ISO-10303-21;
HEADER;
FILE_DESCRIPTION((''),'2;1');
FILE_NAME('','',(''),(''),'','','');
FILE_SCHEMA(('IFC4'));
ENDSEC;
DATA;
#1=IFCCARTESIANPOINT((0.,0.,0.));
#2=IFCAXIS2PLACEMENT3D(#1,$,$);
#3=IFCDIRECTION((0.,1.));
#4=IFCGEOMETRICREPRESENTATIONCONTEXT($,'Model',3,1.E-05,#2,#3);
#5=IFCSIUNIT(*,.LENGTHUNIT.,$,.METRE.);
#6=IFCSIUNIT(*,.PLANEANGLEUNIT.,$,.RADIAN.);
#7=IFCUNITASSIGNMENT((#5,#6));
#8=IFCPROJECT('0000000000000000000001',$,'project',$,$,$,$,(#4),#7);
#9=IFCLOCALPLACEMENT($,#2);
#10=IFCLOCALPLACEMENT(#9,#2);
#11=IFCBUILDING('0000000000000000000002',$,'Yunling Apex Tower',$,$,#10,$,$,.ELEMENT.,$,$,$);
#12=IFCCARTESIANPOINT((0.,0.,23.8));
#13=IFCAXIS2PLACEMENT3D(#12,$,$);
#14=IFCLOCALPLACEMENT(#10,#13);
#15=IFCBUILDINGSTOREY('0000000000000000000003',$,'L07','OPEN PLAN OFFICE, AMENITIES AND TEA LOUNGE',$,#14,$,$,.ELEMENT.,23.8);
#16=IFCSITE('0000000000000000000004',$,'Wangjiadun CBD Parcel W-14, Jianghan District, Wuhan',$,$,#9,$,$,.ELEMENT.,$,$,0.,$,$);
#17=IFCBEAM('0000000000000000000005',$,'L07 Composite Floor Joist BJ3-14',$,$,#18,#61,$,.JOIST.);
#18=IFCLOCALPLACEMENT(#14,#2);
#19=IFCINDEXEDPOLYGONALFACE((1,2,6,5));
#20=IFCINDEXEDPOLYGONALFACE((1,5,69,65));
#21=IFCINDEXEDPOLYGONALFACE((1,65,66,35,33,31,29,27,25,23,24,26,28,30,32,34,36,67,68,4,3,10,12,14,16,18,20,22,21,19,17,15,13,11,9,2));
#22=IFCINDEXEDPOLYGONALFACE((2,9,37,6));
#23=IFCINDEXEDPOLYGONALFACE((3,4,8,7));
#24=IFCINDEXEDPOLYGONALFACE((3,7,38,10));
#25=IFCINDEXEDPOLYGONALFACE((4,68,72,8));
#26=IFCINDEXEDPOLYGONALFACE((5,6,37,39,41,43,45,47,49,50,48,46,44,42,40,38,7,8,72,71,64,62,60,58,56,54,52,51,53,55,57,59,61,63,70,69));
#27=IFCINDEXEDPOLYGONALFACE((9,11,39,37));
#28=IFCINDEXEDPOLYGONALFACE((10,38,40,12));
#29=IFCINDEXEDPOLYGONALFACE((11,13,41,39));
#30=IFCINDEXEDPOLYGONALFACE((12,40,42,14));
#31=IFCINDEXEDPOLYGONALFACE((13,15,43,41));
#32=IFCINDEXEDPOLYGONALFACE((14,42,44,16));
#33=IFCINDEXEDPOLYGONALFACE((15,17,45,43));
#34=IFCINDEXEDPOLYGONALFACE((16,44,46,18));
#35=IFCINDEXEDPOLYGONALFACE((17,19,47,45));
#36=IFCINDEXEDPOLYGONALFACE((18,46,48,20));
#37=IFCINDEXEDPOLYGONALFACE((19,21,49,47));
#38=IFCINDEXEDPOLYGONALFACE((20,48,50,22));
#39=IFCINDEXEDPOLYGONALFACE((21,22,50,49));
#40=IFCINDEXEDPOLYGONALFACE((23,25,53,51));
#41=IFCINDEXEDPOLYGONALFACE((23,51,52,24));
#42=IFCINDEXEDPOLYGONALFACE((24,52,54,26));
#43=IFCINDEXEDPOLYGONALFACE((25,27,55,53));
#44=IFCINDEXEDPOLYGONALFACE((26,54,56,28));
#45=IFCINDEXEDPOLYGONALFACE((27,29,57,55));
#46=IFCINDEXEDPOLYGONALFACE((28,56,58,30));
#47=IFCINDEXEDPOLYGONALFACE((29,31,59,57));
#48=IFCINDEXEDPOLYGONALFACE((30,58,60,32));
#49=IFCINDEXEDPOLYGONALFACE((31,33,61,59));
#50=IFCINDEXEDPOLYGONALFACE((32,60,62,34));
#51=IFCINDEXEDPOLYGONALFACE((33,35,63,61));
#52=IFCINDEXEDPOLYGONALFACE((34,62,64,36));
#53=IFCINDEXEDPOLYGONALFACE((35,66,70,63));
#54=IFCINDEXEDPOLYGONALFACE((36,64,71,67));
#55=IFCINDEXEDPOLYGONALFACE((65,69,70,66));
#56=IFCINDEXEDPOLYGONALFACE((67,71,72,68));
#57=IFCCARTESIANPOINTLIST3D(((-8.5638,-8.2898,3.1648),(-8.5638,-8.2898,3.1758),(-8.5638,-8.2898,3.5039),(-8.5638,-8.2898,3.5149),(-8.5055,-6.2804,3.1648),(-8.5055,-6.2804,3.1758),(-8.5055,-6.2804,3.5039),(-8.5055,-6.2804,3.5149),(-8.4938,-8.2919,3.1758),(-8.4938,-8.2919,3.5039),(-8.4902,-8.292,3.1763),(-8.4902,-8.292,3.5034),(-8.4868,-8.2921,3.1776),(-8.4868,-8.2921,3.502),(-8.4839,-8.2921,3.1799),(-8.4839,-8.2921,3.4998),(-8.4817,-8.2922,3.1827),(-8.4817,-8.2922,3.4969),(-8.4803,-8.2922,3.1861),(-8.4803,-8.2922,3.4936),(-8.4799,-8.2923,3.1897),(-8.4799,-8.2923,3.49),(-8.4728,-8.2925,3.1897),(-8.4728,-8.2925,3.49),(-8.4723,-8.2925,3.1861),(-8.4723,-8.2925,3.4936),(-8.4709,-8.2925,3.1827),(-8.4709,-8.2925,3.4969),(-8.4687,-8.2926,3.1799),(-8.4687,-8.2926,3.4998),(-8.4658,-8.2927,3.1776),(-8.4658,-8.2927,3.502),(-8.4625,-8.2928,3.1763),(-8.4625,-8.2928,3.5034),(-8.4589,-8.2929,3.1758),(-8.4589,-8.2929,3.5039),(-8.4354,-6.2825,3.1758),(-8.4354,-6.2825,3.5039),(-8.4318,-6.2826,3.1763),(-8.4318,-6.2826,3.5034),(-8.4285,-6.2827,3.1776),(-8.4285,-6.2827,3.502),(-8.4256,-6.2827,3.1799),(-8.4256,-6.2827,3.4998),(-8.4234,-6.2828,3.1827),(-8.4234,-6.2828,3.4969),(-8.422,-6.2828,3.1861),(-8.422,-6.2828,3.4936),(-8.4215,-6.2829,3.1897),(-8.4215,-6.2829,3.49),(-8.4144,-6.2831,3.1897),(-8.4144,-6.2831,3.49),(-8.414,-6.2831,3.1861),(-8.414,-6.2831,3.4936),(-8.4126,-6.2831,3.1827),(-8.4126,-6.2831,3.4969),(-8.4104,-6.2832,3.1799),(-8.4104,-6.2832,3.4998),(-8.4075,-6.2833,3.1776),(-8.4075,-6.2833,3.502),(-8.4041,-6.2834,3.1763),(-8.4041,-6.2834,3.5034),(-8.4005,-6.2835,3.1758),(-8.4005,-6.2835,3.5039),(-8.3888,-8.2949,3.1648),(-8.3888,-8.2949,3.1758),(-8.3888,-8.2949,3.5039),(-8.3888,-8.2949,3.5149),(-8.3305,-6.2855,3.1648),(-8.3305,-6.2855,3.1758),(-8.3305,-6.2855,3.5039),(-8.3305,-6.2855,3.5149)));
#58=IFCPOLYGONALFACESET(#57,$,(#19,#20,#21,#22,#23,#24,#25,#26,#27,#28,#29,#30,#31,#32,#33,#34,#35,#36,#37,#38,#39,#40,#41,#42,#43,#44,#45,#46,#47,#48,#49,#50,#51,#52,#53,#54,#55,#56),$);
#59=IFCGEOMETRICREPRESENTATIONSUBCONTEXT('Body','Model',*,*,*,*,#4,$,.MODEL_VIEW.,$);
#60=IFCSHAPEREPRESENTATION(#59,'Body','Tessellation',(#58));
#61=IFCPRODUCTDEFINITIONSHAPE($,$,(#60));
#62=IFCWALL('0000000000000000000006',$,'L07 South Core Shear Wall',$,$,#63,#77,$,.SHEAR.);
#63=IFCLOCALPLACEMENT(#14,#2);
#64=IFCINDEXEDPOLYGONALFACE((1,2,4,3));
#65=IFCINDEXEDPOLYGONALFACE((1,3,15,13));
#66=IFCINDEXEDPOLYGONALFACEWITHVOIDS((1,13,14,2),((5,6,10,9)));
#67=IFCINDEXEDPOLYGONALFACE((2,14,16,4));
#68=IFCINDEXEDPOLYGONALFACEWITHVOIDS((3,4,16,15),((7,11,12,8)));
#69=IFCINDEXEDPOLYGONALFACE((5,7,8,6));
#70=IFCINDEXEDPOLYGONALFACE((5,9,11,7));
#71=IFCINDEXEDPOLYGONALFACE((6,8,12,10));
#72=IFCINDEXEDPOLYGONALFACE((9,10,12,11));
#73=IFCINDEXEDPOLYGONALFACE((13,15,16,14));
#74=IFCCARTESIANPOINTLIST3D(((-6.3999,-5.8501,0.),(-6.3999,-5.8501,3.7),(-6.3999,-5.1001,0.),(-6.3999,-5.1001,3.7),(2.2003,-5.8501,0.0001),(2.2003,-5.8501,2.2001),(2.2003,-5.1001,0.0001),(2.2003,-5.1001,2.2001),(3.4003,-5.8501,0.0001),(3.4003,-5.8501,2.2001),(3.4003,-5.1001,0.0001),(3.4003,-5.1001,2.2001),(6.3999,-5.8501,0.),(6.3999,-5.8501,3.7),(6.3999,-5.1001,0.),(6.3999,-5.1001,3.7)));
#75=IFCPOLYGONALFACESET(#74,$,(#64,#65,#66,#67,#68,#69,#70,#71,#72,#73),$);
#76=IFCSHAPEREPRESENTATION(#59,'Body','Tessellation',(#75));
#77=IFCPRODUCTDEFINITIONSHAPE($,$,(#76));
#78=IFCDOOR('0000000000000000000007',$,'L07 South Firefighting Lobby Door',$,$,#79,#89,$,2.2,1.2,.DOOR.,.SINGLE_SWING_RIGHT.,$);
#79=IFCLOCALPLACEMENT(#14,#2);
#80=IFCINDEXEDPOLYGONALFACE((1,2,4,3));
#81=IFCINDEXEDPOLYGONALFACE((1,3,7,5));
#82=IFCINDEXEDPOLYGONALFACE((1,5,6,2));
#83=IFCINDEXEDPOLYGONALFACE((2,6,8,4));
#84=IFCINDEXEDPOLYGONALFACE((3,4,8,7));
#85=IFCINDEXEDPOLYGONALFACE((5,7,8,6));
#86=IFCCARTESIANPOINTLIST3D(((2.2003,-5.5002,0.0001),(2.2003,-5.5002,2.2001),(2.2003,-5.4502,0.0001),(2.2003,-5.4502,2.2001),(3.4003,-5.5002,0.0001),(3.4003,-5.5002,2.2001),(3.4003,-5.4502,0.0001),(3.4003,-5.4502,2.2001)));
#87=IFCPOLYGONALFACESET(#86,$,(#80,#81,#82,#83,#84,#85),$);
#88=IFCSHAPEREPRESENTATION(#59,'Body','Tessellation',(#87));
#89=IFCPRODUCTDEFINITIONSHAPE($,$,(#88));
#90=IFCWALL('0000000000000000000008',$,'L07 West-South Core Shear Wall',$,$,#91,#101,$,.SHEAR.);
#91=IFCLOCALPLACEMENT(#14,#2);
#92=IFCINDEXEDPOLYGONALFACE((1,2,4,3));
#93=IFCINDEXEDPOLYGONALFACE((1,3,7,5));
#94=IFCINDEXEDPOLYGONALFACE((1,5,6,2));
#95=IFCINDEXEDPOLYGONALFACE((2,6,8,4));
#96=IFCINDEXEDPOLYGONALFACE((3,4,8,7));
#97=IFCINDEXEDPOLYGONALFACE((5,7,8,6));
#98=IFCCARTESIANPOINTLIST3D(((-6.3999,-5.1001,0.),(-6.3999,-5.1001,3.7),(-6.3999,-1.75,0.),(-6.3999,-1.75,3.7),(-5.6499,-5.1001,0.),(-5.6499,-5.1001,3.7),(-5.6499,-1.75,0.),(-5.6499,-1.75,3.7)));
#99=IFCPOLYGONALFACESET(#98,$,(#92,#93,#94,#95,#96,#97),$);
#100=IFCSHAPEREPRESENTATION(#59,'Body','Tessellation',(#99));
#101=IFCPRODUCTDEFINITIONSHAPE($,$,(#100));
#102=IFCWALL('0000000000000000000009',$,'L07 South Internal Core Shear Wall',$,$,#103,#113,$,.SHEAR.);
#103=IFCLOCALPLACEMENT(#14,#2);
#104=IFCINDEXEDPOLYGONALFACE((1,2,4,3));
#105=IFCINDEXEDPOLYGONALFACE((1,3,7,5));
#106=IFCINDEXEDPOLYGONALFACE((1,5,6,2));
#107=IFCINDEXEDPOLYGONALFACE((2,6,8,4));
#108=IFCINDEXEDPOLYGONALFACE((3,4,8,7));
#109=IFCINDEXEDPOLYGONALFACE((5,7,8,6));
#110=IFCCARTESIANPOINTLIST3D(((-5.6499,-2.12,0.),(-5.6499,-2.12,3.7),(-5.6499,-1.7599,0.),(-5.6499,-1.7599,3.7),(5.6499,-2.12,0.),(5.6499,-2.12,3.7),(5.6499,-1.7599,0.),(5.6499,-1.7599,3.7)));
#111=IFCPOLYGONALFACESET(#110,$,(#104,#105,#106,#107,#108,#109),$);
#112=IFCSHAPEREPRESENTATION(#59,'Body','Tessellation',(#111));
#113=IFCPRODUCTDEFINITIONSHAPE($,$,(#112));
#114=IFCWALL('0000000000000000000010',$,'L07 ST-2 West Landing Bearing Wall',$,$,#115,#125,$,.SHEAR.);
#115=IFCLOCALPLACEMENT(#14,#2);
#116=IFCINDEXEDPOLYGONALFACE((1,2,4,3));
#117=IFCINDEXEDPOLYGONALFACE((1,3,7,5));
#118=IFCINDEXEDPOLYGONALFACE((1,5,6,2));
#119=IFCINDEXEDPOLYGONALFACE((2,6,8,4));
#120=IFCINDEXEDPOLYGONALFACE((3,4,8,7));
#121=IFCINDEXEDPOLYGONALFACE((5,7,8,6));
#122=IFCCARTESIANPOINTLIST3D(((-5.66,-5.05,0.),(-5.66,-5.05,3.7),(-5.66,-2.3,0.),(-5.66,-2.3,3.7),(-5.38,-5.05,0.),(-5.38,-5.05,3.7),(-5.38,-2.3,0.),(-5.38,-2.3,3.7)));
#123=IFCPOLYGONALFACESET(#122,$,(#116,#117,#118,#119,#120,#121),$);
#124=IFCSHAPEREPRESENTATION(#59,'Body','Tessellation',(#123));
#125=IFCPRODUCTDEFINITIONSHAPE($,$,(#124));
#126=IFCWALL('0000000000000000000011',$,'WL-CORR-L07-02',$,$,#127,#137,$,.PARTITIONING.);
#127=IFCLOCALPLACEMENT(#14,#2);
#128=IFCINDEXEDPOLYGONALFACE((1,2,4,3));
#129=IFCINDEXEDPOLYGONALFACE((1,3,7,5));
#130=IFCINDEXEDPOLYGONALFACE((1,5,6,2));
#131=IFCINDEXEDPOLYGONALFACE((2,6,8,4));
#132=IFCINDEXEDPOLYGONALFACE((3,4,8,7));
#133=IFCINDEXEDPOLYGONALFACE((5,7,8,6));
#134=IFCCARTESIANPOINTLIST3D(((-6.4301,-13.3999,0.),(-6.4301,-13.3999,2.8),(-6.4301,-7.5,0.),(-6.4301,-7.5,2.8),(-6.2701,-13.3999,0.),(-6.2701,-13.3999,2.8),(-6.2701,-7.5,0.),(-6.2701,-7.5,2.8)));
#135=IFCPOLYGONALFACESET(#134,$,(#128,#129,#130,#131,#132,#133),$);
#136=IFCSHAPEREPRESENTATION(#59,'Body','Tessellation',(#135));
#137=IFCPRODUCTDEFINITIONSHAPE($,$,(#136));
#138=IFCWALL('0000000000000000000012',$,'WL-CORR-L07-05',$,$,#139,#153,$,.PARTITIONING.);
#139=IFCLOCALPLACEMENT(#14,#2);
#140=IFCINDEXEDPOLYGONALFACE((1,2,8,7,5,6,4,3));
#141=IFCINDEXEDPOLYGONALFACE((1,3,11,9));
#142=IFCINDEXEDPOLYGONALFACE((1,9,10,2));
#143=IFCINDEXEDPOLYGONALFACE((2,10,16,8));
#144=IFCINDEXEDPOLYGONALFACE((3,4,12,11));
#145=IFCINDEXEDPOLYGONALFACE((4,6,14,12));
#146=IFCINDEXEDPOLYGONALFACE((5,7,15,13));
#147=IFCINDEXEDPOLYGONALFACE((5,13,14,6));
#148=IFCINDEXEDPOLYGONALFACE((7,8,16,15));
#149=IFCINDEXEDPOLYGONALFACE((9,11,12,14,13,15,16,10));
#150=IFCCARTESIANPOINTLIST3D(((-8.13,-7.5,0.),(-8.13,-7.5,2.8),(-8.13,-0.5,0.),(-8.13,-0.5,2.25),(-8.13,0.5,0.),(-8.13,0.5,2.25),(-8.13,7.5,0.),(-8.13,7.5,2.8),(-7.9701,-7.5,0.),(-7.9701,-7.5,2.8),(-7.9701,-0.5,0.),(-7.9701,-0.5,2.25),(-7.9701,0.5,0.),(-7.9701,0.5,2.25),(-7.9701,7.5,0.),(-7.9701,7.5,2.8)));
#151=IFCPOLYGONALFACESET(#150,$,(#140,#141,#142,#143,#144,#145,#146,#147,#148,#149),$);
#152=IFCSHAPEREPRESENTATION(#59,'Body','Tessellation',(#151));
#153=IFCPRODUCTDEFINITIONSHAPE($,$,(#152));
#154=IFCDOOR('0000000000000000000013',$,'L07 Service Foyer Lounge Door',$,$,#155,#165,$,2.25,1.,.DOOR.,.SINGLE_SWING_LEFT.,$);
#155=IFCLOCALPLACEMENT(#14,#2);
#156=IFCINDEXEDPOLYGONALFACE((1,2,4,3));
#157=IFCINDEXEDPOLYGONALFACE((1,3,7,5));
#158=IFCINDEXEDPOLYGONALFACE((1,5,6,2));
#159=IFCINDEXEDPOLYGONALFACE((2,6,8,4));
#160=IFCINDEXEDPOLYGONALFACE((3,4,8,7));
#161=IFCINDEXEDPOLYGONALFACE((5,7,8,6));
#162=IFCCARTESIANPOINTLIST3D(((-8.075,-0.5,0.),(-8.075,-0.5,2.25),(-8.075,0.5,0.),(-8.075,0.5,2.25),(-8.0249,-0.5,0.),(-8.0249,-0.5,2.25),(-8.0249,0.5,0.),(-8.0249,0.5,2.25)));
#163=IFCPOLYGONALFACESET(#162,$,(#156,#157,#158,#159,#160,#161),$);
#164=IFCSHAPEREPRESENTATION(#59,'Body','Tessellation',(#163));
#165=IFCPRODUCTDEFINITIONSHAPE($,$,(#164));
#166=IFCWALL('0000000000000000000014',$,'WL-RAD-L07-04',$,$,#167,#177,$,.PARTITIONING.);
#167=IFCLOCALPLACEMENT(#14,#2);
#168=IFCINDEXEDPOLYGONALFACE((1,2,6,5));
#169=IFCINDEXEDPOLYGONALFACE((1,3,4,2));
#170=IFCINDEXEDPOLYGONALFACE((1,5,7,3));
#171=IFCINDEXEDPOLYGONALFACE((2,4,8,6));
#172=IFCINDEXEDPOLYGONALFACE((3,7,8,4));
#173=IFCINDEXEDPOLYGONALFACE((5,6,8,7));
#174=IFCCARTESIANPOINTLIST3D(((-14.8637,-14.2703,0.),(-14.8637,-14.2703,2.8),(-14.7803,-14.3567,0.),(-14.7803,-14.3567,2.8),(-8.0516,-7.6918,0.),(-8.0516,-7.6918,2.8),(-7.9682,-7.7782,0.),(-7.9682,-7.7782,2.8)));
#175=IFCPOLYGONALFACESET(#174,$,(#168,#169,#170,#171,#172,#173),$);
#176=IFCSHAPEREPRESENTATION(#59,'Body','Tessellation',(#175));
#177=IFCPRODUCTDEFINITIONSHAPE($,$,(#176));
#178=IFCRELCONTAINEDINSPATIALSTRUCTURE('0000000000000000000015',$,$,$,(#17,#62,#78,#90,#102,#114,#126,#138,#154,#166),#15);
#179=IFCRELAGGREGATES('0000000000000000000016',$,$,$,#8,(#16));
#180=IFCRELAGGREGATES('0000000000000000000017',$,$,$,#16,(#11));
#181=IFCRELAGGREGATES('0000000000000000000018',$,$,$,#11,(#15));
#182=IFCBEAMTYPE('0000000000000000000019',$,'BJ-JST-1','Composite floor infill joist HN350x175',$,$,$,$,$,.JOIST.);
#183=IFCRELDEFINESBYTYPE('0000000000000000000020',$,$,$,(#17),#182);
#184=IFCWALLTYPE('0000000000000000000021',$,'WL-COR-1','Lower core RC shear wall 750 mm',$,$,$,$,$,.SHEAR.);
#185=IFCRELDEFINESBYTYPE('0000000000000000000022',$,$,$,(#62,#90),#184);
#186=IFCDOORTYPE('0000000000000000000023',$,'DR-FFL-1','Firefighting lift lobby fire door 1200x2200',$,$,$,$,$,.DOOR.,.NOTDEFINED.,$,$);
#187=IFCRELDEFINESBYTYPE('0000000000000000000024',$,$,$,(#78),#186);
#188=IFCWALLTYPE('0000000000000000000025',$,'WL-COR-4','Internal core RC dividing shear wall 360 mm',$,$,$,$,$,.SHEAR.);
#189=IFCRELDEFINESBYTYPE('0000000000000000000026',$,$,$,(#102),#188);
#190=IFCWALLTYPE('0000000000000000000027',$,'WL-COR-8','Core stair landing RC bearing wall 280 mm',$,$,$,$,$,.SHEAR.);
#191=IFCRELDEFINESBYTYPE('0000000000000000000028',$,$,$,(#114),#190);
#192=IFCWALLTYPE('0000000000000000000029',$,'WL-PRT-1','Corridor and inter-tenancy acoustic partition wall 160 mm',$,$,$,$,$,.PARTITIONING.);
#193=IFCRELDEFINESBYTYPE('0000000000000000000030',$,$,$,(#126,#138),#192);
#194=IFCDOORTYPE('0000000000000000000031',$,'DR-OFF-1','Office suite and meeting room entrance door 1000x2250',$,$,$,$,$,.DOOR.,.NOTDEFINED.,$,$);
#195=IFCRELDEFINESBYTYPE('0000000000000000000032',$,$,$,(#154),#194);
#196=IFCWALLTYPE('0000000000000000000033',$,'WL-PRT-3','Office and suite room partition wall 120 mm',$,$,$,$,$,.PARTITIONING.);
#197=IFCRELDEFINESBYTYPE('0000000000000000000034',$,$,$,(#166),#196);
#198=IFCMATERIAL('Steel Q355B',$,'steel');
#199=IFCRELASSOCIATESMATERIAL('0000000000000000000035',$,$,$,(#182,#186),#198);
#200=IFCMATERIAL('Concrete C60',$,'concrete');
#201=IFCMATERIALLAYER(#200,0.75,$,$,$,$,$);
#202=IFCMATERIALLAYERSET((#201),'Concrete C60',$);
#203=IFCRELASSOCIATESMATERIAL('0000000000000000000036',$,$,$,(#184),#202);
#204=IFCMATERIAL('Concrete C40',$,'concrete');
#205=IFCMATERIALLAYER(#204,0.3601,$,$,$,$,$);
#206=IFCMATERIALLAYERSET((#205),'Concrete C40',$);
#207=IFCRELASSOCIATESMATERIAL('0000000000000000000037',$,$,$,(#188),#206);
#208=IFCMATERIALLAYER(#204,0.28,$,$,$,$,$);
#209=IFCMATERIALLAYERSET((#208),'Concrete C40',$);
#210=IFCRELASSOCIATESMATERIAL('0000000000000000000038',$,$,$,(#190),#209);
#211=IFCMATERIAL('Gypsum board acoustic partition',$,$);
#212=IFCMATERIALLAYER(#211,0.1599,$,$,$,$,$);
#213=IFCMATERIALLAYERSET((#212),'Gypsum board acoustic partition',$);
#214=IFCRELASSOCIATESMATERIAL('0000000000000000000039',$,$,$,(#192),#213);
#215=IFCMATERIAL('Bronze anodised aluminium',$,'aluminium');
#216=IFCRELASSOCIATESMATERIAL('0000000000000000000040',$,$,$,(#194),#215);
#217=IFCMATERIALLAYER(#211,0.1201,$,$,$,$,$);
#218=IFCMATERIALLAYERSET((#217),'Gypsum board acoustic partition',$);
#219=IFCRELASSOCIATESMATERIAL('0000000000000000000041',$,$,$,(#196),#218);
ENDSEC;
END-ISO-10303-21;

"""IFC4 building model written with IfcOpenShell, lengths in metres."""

from ifc_helpers import new_model, si_unit, direction, frame, frame_2d, origin, origin_2d, place, context, subcontext, project, spatial, rectangle, i_section, extrude, source, transform, mapped, material, layer, layer_set, material_profile, profile_set, type_object, element, fill, save


model = new_model("IFC4")

# Units and contexts
model_context = context("Model", 3, precision=1e-05, world=origin(), true_north=direction((0.0, 1.0)))
body_context = subcontext(model_context, "Body", "Model", "MODEL_VIEW")
ifc_project = project(units=[si_unit("LENGTHUNIT", "METRE"), si_unit("PLANEANGLEUNIT", "RADIAN")], contexts=[model_context])

# Site, building, storey
site_placement = place(None, origin())
site = spatial("IfcSite", under=ifc_project, at=site_placement, Name="Wangjiadun CBD Parcel W-14, Jianghan District, Wuhan", CompositionType="ELEMENT", RefElevation=0.0)
building_placement = place(site_placement, origin())
building = spatial("IfcBuilding", under=site, at=building_placement, Name="Yunling Apex Tower", CompositionType="ELEMENT")
storey_placement = place(building_placement, frame((0.0, 0.0, 23.8)))
storey = spatial("IfcBuildingStorey", under=building, at=storey_placement, Name="L07", Description="OPEN PLAN OFFICE, AMENITIES AND TEA LOUNGE", CompositionType="ELEMENT", Elevation=23.8)

# Shared definitions
ifc_material_1 = material(Name="Concrete C60", Category="concrete")

# Beam
ifc_material_2 = material(Name="Steel Q355B", Category="steel")
ifc_material_profile_1 = material_profile(ifc_material_2, i_section(OverallWidth=0.175, OverallDepth=0.3501, WebThickness=0.0071, FlangeThickness=0.011, FilletRadius=0.0139, at=origin_2d()))
ifc_profile_set_1 = profile_set([ifc_material_profile_1], Name="Steel Q355B")
beam_type_1 = type_object("IfcBeamType", Name="BJ-JST-1", Description="Composite floor infill joist HN350x175", PredefinedType="JOIST", material=ifc_profile_set_1)
shared_shape_1 = source(origin(), body_context, "Body", "SweptSolid", [
    extrude(i_section(OverallWidth=0.175, OverallDepth=0.3501, WebThickness=0.0071, FlangeThickness=0.011, FilletRadius=0.0139, at=origin_2d()), origin(), (0.0, 0.0, 1.0), 2.0103),
])
beam_1_placement = place(storey_placement, frame((-8.418, -6.283, 3.3398), z_axis=(-0.029024, -0.999579, 0.0), x_axis=(0.999579, -0.029024, 0.0)))
element("IfcBeam", 1, at=beam_1_placement, inside=storey, type_object=beam_type_1, Name="L07 Composite Floor Joist BJ3-14", PredefinedType="JOIST", context=body_context, shape_type="MappedRepresentation", body=[
    mapped(shared_shape_1, transform((0.0, 0.0, 0.0), scale=1.0)),
])

# Wall, opening, door
ifc_layer_1 = layer(ifc_material_1, 0.75)
ifc_layer_set_1 = layer_set([ifc_layer_1], Name="Concrete C60")
wall_type_1 = type_object("IfcWallType", Name="WL-COR-1", Description="Lower core RC shear wall 750 mm", PredefinedType="SHEAR", material=ifc_layer_set_1)
wall_1_placement = place(storey_placement, frame((-6.3999, -5.4751, 0.0), z_axis=(0.0, 0.0, 1.0), x_axis=(1.0, 0.0, 0.0)))
wall_1 = element("IfcWall", 2, at=wall_1_placement, inside=storey, type_object=wall_type_1, Name="L07 South Core Shear Wall", PredefinedType="SHEAR", context=body_context, shape_type="SweptSolid", body=[
    extrude(rectangle(XDim=12.7998, YDim=0.75, at=frame_2d((6.3999, 0.0))), origin(), (0.0, 0.0, 1.0), 3.7),
])
opening_1_placement = place(wall_1_placement, frame((8.6001, 0.0, 0.0)))
opening_1 = element("IfcOpeningElement", 3, at=opening_1_placement, cuts=wall_1, PredefinedType="OPENING", context=body_context, shape_type="SweptSolid", body=[
    extrude(rectangle(XDim=1.2, YDim=2.2, at=frame_2d((0.6001, 1.1001))), frame((0.0, 0.385, 0.0), z_axis=(0.0, -1.0, 0.0), x_axis=(1.0, 0.0, 0.0)), (0.0, 0.0, 1.0), 0.77),
])
door_type_1 = type_object("IfcDoorType", Name="DR-FFL-1", Description="Firefighting lift lobby fire door 1200x2200", OperationType="NOTDEFINED", PredefinedType="DOOR", material=ifc_material_2)
door_1_placement = place(opening_1_placement, origin())
door_1 = element("IfcDoor", 4, at=door_1_placement, inside=storey, type_object=door_type_1, Name="L07 South Firefighting Lobby Door", OperationType="SINGLE_SWING_RIGHT", OverallHeight=2.2, OverallWidth=1.2, PredefinedType="DOOR", context=body_context, shape_type="SweptSolid", body=[
    extrude(rectangle(XDim=1.2, YDim=2.2, at=frame_2d((0.6001, 1.1001))), frame((0.0, 0.0249, 0.0), z_axis=(0.0, -1.0, 0.0), x_axis=(1.0, 0.0, 0.0)), (0.0, 0.0, 1.0), 0.05),
])
fill(opening_1, door_1)

# Walls
wall_2_placement = place(storey_placement, frame((-6.0249, -5.1001, 0.0), z_axis=(0.0, 0.0, 1.0), x_axis=(0.0, 1.0, 0.0)))
element("IfcWall", 5, at=wall_2_placement, inside=storey, type_object=wall_type_1, Name="L07 West-South Core Shear Wall", PredefinedType="SHEAR", context=body_context, shape_type="SweptSolid", body=[
    extrude(rectangle(XDim=3.3501, YDim=0.75, at=frame_2d((1.675, 0.0))), origin(), (0.0, 0.0, 1.0), 3.7),
])
ifc_material_3 = material(Name="Concrete C40", Category="concrete")
ifc_layer_2 = layer(ifc_material_3, 0.3601)
ifc_layer_set_2 = layer_set([ifc_layer_2], Name="Concrete C40")
wall_type_2 = type_object("IfcWallType", Name="WL-COR-4", Description="Internal core RC dividing shear wall 360 mm", PredefinedType="SHEAR", material=ifc_layer_set_2)
wall_3_placement = place(storey_placement, frame((-5.6499, -1.9399, 0.0), z_axis=(0.0, 0.0, 1.0), x_axis=(1.0, 0.0, 0.0)))
element("IfcWall", 6, at=wall_3_placement, inside=storey, type_object=wall_type_2, Name="L07 South Internal Core Shear Wall", PredefinedType="SHEAR", context=body_context, shape_type="SweptSolid", body=[
    extrude(rectangle(XDim=11.2998, YDim=0.3601, at=frame_2d((5.6499, 0.0))), origin(), (0.0, 0.0, 1.0), 3.7),
])
ifc_layer_3 = layer(ifc_material_3, 0.28)
ifc_layer_set_3 = layer_set([ifc_layer_3], Name="Concrete C40")
wall_type_3 = type_object("IfcWallType", Name="WL-COR-8", Description="Core stair landing RC bearing wall 280 mm", PredefinedType="SHEAR", material=ifc_layer_set_3)
wall_4_placement = place(storey_placement, frame((-5.52, -5.05, 0.0), z_axis=(0.0, 0.0, 1.0), x_axis=(0.0, 1.0, 0.0)))
element("IfcWall", 7, at=wall_4_placement, inside=storey, type_object=wall_type_3, Name="L07 ST-2 West Landing Bearing Wall", PredefinedType="SHEAR", context=body_context, shape_type="SweptSolid", body=[
    extrude(rectangle(XDim=2.75, YDim=0.28, at=frame_2d((1.375, 0.0))), origin(), (0.0, 0.0, 1.0), 3.7),
])
ifc_material_4 = material(Name="Gypsum board acoustic partition")
ifc_layer_4 = layer(ifc_material_4, 0.1599)
ifc_layer_set_4 = layer_set([ifc_layer_4], Name="Gypsum board acoustic partition")
wall_type_4 = type_object("IfcWallType", Name="WL-PRT-1", Description="Corridor and inter-tenancy acoustic partition wall 160 mm", PredefinedType="PARTITIONING", material=ifc_layer_set_4)
wall_5_placement = place(storey_placement, frame((-6.3501, -7.5, 0.0), z_axis=(0.0, 0.0, 1.0), x_axis=(0.0, -1.0, 0.0)))
element("IfcWall", 8, at=wall_5_placement, inside=storey, type_object=wall_type_4, Name="WL-CORR-L07-02", PredefinedType="PARTITIONING", context=body_context, shape_type="SweptSolid", body=[
    extrude(rectangle(XDim=5.8999, YDim=0.1599, at=frame_2d((2.95, 0.0))), origin(), (0.0, 0.0, 1.0), 2.8),
])

# Wall, opening, door
wall_6_placement = place(storey_placement, frame((-8.05, -7.5, 0.0), z_axis=(0.0, 0.0, 1.0), x_axis=(0.0, 1.0, 0.0)))
wall_6 = element("IfcWall", 9, at=wall_6_placement, inside=storey, type_object=wall_type_4, Name="WL-CORR-L07-05", PredefinedType="PARTITIONING", context=body_context, shape_type="SweptSolid", body=[
    extrude(rectangle(XDim=15.0, YDim=0.1599, at=frame_2d((7.5, 0.0))), origin(), (0.0, 0.0, 1.0), 2.8),
])
opening_2_placement = place(wall_6_placement, frame((7.0, 0.0, 0.0)))
opening_2 = element("IfcOpeningElement", 10, at=opening_2_placement, cuts=wall_6, PredefinedType="OPENING", context=body_context, shape_type="SweptSolid", body=[
    extrude(rectangle(XDim=1.0, YDim=2.25, at=frame_2d((0.5, 1.125))), frame((0.0, 0.0898, 0.0), z_axis=(0.0, -1.0, 0.0), x_axis=(1.0, 0.0, 0.0)), (0.0, 0.0, 1.0), 0.1799),
])
ifc_material_5 = material(Name="Bronze anodised aluminium", Category="aluminium")
door_type_2 = type_object("IfcDoorType", Name="DR-OFF-1", Description="Office suite and meeting room entrance door 1000x2250", OperationType="NOTDEFINED", PredefinedType="DOOR", material=ifc_material_5)
door_2_placement = place(opening_2_placement, origin())
door_2 = element("IfcDoor", 11, at=door_2_placement, inside=storey, type_object=door_type_2, Name="L07 Service Foyer Lounge Door", OperationType="SINGLE_SWING_LEFT", OverallHeight=2.25, OverallWidth=1.0, PredefinedType="DOOR", context=body_context, shape_type="SweptSolid", body=[
    extrude(rectangle(XDim=1.0, YDim=2.25, at=frame_2d((0.5, 1.125))), frame((0.0, 0.0249, 0.0), z_axis=(0.0, -1.0, 0.0), x_axis=(1.0, 0.0, 0.0)), (0.0, 0.0, 1.0), 0.05),
])
fill(opening_2, door_2)

# Wall
ifc_layer_5 = layer(ifc_material_4, 0.1201)
ifc_layer_set_5 = layer_set([ifc_layer_5], Name="Gypsum board acoustic partition")
wall_type_5 = type_object("IfcWallType", Name="WL-PRT-3", Description="Office and suite room partition wall 120 mm", PredefinedType="PARTITIONING", material=ifc_layer_set_5)
wall_7_placement = place(storey_placement, frame((-8.01, -7.7351, 0.0), z_axis=(0.0, 0.0, 1.0), x_axis=(-0.719335, -0.694663, 0.0)))
element("IfcWall", 12, at=wall_7_placement, inside=storey, type_object=wall_type_5, Name="WL-RAD-L07-04", PredefinedType="PARTITIONING", context=body_context, shape_type="SweptSolid", body=[
    extrude(rectangle(XDim=9.47, YDim=0.1201, at=frame_2d((4.7349, 0.0))), origin(), (0.0, 0.0, 1.0), 2.8),
])

save(model, "model.ifc")
